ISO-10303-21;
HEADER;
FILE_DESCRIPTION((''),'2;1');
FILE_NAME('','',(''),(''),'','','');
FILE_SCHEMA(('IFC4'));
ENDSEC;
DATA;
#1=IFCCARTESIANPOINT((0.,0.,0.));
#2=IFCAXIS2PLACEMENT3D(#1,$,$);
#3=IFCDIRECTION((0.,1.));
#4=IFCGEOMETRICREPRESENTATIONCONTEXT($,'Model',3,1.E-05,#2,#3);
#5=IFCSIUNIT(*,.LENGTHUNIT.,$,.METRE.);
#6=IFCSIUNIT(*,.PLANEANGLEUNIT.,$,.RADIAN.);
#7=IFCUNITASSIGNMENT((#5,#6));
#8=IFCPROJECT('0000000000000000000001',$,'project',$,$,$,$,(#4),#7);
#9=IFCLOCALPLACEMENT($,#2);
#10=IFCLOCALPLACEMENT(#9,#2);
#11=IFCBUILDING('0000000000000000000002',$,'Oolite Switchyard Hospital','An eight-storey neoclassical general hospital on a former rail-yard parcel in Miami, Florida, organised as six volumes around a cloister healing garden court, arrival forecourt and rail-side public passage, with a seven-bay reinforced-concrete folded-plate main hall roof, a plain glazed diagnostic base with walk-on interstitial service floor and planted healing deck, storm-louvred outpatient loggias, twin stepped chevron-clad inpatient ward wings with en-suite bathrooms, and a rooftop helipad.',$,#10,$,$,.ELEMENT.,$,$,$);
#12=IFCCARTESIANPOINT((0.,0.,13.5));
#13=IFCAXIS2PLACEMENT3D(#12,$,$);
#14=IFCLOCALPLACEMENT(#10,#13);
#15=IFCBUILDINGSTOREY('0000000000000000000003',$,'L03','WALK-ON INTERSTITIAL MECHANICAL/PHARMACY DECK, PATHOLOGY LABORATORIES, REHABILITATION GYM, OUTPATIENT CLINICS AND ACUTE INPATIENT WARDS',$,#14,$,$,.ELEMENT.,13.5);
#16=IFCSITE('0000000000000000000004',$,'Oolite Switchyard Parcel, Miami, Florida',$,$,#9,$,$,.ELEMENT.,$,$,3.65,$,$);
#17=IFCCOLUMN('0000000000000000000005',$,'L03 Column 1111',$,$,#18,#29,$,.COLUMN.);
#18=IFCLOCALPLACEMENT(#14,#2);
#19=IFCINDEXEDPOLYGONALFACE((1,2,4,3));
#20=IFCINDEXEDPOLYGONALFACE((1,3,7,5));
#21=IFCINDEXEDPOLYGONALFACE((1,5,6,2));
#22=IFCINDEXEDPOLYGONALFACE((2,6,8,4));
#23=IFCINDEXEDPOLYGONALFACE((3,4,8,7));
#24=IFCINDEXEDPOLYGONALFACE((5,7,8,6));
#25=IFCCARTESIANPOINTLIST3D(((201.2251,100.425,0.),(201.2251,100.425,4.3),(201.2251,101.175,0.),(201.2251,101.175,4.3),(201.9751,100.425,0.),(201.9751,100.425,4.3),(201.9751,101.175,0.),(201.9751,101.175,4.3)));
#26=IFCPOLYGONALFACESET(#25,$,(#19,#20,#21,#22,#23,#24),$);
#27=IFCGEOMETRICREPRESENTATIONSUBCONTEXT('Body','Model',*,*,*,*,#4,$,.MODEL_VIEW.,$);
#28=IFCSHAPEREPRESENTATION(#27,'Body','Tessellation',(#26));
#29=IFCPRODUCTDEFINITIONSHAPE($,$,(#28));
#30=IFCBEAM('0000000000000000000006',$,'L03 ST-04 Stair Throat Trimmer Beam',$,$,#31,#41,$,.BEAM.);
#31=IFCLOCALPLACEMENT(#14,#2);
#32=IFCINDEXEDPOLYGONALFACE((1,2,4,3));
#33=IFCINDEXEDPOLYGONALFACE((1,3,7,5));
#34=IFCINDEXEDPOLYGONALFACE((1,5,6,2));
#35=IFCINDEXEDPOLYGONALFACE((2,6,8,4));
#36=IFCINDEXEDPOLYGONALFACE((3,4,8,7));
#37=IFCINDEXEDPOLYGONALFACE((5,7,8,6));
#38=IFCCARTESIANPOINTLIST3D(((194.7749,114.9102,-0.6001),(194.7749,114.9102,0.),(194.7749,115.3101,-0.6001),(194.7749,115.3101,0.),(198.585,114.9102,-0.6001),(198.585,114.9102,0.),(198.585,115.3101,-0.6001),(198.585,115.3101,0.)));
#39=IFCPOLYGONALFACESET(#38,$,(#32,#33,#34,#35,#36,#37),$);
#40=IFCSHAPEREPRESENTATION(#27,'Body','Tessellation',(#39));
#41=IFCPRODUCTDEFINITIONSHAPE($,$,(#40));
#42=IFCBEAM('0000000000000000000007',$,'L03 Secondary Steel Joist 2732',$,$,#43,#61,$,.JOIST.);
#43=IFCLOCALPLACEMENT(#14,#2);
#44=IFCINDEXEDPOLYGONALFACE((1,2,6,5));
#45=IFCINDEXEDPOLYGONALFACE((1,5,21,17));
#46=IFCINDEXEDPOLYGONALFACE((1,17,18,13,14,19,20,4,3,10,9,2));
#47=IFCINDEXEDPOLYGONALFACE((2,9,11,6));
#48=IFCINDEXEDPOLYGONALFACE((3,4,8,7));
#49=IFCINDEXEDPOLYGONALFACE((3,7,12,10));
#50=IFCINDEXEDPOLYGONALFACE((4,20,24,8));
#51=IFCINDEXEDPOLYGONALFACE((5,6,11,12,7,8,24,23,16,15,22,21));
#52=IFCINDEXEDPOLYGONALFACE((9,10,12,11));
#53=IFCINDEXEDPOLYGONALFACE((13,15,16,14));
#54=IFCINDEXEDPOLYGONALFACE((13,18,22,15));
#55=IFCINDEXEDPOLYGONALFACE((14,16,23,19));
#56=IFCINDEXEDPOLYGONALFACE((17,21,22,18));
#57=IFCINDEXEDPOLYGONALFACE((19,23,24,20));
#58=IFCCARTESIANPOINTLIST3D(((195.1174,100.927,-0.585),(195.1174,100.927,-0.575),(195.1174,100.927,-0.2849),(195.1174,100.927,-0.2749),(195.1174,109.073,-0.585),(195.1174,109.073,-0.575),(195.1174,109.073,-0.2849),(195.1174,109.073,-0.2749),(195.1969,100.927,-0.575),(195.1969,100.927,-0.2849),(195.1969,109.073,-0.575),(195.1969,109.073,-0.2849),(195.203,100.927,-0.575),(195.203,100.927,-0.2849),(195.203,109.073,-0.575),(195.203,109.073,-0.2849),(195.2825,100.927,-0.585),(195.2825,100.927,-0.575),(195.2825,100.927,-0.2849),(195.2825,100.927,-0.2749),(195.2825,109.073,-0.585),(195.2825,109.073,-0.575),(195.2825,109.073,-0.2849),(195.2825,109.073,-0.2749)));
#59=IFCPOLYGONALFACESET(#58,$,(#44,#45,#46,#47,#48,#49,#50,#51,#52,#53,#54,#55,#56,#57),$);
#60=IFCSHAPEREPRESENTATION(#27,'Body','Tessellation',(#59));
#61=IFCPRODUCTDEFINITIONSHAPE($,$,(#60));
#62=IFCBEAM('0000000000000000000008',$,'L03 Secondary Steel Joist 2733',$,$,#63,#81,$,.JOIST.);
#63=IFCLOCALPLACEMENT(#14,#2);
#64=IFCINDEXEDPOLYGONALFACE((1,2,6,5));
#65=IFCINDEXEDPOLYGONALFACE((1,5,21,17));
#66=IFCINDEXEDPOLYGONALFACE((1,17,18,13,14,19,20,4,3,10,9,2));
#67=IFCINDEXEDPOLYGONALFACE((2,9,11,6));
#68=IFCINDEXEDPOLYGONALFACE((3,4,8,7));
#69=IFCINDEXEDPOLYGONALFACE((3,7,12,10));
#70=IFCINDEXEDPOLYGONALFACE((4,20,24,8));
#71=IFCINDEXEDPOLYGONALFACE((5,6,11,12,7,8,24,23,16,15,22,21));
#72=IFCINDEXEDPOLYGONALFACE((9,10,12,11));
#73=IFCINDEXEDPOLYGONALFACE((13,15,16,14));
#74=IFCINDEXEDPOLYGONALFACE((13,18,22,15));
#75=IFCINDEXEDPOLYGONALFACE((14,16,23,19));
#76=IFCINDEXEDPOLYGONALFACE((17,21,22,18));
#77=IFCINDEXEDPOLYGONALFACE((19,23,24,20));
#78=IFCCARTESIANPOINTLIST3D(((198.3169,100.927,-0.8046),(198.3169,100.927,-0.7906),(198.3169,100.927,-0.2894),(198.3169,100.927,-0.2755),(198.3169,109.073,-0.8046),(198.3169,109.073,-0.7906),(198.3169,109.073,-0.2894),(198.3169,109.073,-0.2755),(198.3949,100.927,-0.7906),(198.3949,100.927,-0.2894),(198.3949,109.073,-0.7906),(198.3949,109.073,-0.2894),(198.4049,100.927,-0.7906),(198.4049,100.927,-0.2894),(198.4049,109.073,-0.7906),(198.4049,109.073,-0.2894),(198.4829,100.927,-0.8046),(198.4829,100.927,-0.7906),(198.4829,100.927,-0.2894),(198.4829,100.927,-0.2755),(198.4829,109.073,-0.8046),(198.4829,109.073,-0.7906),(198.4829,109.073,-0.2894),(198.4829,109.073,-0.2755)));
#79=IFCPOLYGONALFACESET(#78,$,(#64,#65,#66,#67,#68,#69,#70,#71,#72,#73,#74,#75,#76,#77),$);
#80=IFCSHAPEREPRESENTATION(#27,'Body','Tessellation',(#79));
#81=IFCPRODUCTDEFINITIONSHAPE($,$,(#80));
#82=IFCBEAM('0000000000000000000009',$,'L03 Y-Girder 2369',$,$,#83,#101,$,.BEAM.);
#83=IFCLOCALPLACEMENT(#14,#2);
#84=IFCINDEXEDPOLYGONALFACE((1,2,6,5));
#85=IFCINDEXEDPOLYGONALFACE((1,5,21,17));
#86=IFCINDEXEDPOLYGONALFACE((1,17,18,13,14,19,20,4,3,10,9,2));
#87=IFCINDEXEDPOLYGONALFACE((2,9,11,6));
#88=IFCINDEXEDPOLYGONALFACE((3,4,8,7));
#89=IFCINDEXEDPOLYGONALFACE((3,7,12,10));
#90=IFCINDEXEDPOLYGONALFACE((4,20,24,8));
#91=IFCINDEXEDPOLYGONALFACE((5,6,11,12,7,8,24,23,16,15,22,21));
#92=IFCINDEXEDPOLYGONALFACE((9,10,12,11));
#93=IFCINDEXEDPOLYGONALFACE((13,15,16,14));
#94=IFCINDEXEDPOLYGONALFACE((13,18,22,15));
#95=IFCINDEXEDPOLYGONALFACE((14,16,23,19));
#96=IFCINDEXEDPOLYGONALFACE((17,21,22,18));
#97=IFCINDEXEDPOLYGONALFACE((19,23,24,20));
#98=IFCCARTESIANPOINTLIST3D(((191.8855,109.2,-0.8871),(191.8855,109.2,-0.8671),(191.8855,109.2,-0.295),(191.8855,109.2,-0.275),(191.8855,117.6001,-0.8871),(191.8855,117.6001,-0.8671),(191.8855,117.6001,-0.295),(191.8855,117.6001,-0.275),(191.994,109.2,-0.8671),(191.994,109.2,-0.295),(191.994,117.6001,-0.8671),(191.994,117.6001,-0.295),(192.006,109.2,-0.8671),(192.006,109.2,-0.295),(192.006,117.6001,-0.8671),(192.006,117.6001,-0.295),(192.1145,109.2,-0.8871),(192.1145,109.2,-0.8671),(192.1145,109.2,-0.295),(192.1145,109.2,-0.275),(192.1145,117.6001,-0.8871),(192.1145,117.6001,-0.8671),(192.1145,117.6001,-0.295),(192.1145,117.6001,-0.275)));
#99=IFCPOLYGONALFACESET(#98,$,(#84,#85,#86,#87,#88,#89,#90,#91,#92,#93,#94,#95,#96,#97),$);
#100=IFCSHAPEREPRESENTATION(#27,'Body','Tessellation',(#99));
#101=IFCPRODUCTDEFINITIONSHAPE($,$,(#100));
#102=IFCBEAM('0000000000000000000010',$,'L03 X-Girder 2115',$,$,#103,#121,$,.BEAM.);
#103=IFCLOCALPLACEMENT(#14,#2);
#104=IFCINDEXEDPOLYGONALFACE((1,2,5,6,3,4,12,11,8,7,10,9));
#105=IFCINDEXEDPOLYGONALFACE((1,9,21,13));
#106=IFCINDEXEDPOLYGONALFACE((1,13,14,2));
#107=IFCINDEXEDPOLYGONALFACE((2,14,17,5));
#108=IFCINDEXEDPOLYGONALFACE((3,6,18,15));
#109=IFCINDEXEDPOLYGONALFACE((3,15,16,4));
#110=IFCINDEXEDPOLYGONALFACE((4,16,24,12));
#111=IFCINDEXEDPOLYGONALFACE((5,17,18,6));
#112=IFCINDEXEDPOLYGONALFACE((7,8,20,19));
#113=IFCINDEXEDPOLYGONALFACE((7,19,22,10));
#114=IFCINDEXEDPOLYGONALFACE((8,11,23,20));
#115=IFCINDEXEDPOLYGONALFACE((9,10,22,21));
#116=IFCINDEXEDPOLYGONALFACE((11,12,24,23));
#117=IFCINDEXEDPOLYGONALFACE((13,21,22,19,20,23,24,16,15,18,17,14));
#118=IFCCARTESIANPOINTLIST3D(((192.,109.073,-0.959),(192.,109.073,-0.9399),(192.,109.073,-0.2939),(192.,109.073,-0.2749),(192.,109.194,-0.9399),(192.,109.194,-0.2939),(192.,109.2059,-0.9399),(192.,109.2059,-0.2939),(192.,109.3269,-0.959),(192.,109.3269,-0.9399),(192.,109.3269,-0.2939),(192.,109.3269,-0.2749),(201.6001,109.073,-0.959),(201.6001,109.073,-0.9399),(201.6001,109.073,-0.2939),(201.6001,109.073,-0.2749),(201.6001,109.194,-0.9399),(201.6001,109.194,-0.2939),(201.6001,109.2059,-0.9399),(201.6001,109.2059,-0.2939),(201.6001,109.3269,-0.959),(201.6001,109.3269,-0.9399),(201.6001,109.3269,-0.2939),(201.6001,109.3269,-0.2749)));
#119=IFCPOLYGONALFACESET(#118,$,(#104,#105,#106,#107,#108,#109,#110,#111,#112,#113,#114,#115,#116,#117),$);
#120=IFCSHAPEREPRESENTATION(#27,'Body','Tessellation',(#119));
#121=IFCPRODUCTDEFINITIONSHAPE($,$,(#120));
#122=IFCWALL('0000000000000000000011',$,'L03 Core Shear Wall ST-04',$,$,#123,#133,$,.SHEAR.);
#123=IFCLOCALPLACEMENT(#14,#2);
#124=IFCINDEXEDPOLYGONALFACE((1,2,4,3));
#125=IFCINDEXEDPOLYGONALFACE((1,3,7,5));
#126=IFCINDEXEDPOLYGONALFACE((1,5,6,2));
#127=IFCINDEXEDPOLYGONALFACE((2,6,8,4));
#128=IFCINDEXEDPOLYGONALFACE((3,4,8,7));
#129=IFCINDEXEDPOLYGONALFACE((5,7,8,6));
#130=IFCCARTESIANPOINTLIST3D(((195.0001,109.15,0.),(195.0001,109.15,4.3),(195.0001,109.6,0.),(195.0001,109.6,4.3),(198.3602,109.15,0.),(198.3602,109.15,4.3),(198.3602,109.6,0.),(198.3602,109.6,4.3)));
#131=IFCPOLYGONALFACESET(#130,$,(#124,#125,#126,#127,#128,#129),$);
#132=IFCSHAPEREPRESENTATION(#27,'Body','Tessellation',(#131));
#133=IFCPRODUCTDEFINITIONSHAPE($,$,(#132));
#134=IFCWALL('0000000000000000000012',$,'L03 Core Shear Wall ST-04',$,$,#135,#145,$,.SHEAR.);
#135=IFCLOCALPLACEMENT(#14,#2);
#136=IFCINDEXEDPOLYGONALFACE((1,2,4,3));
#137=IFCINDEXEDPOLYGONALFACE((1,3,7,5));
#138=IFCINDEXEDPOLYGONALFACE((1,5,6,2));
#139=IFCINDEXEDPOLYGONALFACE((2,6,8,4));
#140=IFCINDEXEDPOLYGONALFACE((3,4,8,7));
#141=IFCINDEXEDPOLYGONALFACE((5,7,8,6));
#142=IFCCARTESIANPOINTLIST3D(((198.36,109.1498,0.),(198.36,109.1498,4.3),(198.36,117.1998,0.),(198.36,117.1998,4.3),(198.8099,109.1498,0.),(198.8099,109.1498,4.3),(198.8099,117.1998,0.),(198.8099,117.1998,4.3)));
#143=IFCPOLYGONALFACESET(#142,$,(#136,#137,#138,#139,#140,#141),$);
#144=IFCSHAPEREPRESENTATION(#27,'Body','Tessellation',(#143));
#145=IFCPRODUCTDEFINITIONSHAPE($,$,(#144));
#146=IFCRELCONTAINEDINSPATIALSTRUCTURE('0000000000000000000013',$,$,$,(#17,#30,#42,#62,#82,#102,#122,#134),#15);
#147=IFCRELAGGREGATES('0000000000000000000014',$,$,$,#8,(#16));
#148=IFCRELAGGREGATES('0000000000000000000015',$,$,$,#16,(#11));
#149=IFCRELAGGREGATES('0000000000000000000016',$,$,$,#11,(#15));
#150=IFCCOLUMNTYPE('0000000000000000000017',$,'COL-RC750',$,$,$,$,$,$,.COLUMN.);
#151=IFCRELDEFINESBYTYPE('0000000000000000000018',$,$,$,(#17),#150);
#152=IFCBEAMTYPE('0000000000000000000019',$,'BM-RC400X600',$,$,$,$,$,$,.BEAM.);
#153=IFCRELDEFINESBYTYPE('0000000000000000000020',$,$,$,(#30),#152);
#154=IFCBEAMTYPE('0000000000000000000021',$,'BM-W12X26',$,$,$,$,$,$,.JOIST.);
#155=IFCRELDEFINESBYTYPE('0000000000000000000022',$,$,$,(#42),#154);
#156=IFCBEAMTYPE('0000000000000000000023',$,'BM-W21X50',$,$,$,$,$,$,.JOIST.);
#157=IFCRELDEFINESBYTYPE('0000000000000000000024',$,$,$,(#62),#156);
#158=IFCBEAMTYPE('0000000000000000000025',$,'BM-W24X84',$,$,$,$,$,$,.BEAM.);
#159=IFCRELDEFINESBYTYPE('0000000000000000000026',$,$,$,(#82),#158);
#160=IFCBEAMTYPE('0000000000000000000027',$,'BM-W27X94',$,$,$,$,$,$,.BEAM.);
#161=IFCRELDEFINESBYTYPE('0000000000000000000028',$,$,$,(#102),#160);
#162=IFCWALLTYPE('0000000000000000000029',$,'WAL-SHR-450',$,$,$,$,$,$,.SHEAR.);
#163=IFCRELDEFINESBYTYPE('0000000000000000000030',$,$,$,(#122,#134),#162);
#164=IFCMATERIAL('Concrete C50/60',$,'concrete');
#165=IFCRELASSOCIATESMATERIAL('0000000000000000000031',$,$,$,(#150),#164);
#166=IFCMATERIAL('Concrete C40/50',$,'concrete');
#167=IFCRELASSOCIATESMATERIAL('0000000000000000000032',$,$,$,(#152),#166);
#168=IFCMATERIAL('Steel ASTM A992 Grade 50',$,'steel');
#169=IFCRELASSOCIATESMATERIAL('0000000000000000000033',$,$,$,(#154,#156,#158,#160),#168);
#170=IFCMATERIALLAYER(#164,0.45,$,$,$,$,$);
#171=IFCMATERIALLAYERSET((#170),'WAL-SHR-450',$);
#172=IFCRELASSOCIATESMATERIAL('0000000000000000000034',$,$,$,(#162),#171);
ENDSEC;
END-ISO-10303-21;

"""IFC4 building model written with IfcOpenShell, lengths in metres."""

from ifc_helpers import new_model, si_unit, direction, frame, frame_2d, origin, origin_2d, place, context, subcontext, project, spatial, rectangle, i_section, extrude, material, layer, layer_set, material_profile, profile_set, type_object, element, save


model = new_model("IFC4")

# Units and contexts
model_context = context("Model", 3, precision=1e-05, world=origin(), true_north=direction((0.0, 1.0)))
body_context = subcontext(model_context, "Body", "Model", "MODEL_VIEW")
ifc_project = project(units=[si_unit("LENGTHUNIT", "METRE"), si_unit("PLANEANGLEUNIT", "RADIAN")], contexts=[model_context])

# Site, building, storey
site_placement = place(None, origin())
site = spatial("IfcSite", under=ifc_project, at=site_placement, Name="Oolite Switchyard Parcel, Miami, Florida", CompositionType="ELEMENT", RefElevation=3.65)
building_placement = place(site_placement, origin())
building = spatial("IfcBuilding", under=site, at=building_placement, Name="Oolite Switchyard Hospital", Description="An eight-storey neoclassical general hospital on a former rail-yard parcel in Miami, Florida, organised as six volumes around a cloister healing garden court, arrival forecourt and rail-side public passage, with a seven-bay reinforced-concrete folded-plate main hall roof, a plain glazed diagnostic base with walk-on interstitial service floor and planted healing deck, storm-louvred outpatient loggias, twin stepped chevron-clad inpatient ward wings with en-suite bathrooms, and a rooftop helipad.", CompositionType="ELEMENT")
storey_placement = place(building_placement, frame((0.0, 0.0, 13.5)))
storey = spatial("IfcBuildingStorey", under=building, at=storey_placement, Name="L03", Description="WALK-ON INTERSTITIAL MECHANICAL/PHARMACY DECK, PATHOLOGY LABORATORIES, REHABILITATION GYM, OUTPATIENT CLINICS AND ACUTE INPATIENT WARDS", CompositionType="ELEMENT", Elevation=13.5)

# Column
ifc_material_1 = material(Name="Concrete C50/60", Category="concrete")
ifc_material_profile_1 = material_profile(ifc_material_1, rectangle(XDim=0.75, YDim=0.75, at=origin_2d()), Name="RC750X750")
ifc_profile_set_1 = profile_set([ifc_material_profile_1], Name="Concrete C50/60")
column_type = type_object("IfcColumnType", Name="COL-RC750", PredefinedType="COLUMN", material=ifc_profile_set_1)
column_placement = place(storey_placement, frame((201.6001, 100.8, 0.0), z_axis=(0.0, 0.0, 1.0), x_axis=(1.0, 0.0, 0.0)))
element("IfcColumn", 1, at=column_placement, inside=storey, type_object=column_type, Name="L03 Column 1111", PredefinedType="COLUMN", context=body_context, shape_type="SweptSolid", body=[
    extrude(rectangle(XDim=0.75, YDim=0.75, at=origin_2d()), origin(), (0.0, 0.0, 1.0), 4.3),
])

# Beams
ifc_material_2 = material(Name="Concrete C40/50", Category="concrete")
ifc_material_profile_2 = material_profile(ifc_material_2, rectangle(XDim=0.3999, YDim=0.6001, at=origin_2d()), Name="RCB400X600")
ifc_profile_set_2 = profile_set([ifc_material_profile_2], Name="Concrete C40/50")
beam_type_1 = type_object("IfcBeamType", Name="BM-RC400X600", PredefinedType="BEAM", material=ifc_profile_set_2)
beam_1_placement = place(storey_placement, frame((194.7749, 115.1101, -0.3), z_axis=(1.0, 0.0, 0.0), x_axis=(0.0, 1.0, 0.0)))
element("IfcBeam", 2, at=beam_1_placement, inside=storey, type_object=beam_type_1, Name="L03 ST-04 Stair Throat Trimmer Beam", PredefinedType="BEAM", context=body_context, shape_type="SweptSolid", body=[
    extrude(rectangle(XDim=0.3999, YDim=0.6001, at=origin_2d()), origin(), (0.0, 0.0, 1.0), 3.8101),
])
ifc_material_3 = material(Name="Steel ASTM A992 Grade 50", Category="steel")
ifc_material_profile_3 = material_profile(ifc_material_3, i_section(OverallWidth=0.165, OverallDepth=0.3101, WebThickness=0.0061, FlangeThickness=0.01, at=origin_2d()), Name="W12X26")
ifc_profile_set_3 = profile_set([ifc_material_profile_3], Name="Steel ASTM A992 Grade 50")
beam_type_2 = type_object("IfcBeamType", Name="BM-W12X26", PredefinedType="JOIST", material=ifc_profile_set_3)
beam_2_placement = place(storey_placement, frame((195.2, 100.927, -0.4299), z_axis=(0.0, 1.0, 0.0), x_axis=(-1.0, 0.0, 0.0)))
element("IfcBeam", 3, at=beam_2_placement, inside=storey, type_object=beam_type_2, Name="L03 Secondary Steel Joist 2732", PredefinedType="JOIST", context=body_context, shape_type="SweptSolid", body=[
    extrude(i_section(OverallWidth=0.165, OverallDepth=0.3101, WebThickness=0.0061, FlangeThickness=0.01, at=origin_2d()), origin(), (0.0, 0.0, 1.0), 8.146),
])
ifc_material_profile_4 = material_profile(ifc_material_3, i_section(OverallWidth=0.166, OverallDepth=0.5291, WebThickness=0.01, FlangeThickness=0.0139, at=origin_2d()), Name="W21X50")
ifc_profile_set_4 = profile_set([ifc_material_profile_4], Name="Steel ASTM A992 Grade 50")
beam_type_3 = type_object("IfcBeamType", Name="BM-W21X50", PredefinedType="JOIST", material=ifc_profile_set_4)
beam_3_placement = place(storey_placement, frame((198.3999, 100.927, -0.54), z_axis=(0.0, 1.0, 0.0), x_axis=(-1.0, 0.0, 0.0)))
element("IfcBeam", 4, at=beam_3_placement, inside=storey, type_object=beam_type_3, Name="L03 Secondary Steel Joist 2733", PredefinedType="JOIST", context=body_context, shape_type="SweptSolid", body=[
    extrude(i_section(OverallWidth=0.166, OverallDepth=0.5291, WebThickness=0.01, FlangeThickness=0.0139, at=origin_2d()), origin(), (0.0, 0.0, 1.0), 8.146),
])
ifc_material_profile_5 = material_profile(ifc_material_3, i_section(OverallWidth=0.229, OverallDepth=0.6121, WebThickness=0.012, FlangeThickness=0.02, at=origin_2d()), Name="W24X84")
ifc_profile_set_5 = profile_set([ifc_material_profile_5], Name="Steel ASTM A992 Grade 50")
beam_type_4 = type_object("IfcBeamType", Name="BM-W24X84", PredefinedType="BEAM", material=ifc_profile_set_5)
beam_4_placement = place(storey_placement, frame((192.0, 109.2, -0.5811), z_axis=(0.0, 1.0, 0.0), x_axis=(-1.0, 0.0, 0.0)))
element("IfcBeam", 5, at=beam_4_placement, inside=storey, type_object=beam_type_4, Name="L03 Y-Girder 2369", PredefinedType="BEAM", context=body_context, shape_type="SweptSolid", body=[
    extrude(i_section(OverallWidth=0.229, OverallDepth=0.6121, WebThickness=0.012, FlangeThickness=0.02, at=origin_2d()), origin(), (0.0, 0.0, 1.0), 8.4001),
])
ifc_material_profile_6 = material_profile(ifc_material_3, i_section(OverallWidth=0.2539, OverallDepth=0.6841, WebThickness=0.012, FlangeThickness=0.019, at=origin_2d()), Name="W27X94")
ifc_profile_set_6 = profile_set([ifc_material_profile_6], Name="Steel ASTM A992 Grade 50")
beam_type_5 = type_object("IfcBeamType", Name="BM-W27X94", PredefinedType="BEAM", material=ifc_profile_set_6)
beam_5_placement = place(storey_placement, frame((192.0, 109.2, -0.6169), z_axis=(1.0, 0.0, 0.0), x_axis=(0.0, 1.0, 0.0)))
element("IfcBeam", 6, at=beam_5_placement, inside=storey, type_object=beam_type_5, Name="L03 X-Girder 2115", PredefinedType="BEAM", context=body_context, shape_type="SweptSolid", body=[
    extrude(i_section(OverallWidth=0.2539, OverallDepth=0.6841, WebThickness=0.012, FlangeThickness=0.019, at=origin_2d()), origin(), (0.0, 0.0, 1.0), 9.6001),
])

# Walls
ifc_layer = layer(ifc_material_1, 0.45)
ifc_layer_set = layer_set([ifc_layer], Name="WAL-SHR-450")
wall_type = type_object("IfcWallType", Name="WAL-SHR-450", PredefinedType="SHEAR", material=ifc_layer_set)
wall_1_placement = place(storey_placement, frame((195.0, 109.375, 0.0), z_axis=(0.0, 0.0, 1.0), x_axis=(1.0, 0.0, 0.0)))
element("IfcWall", 7, at=wall_1_placement, inside=storey, type_object=wall_type, Name="L03 Core Shear Wall ST-04", PredefinedType="SHEAR", context=body_context, shape_type="SweptSolid", body=[
    extrude(rectangle(XDim=3.3601, YDim=0.45, at=frame_2d((1.6802, 0.0))), origin(), (0.0, 0.0, 1.0), 4.3),
])
wall_2_placement = place(storey_placement, frame((198.585, 109.1499, 0.0), z_axis=(0.0, 0.0, 1.0), x_axis=(0.0, 1.0, 0.0)))
element("IfcWall", 8, at=wall_2_placement, inside=storey, type_object=wall_type, Name="L03 Core Shear Wall ST-04", PredefinedType="SHEAR", context=body_context, shape_type="SweptSolid", body=[
    extrude(rectangle(XDim=8.05, YDim=0.45, at=frame_2d((4.0249, 0.0))), origin(), (0.0, 0.0, 1.0), 4.3),
])

save(model, "model.ifc")
